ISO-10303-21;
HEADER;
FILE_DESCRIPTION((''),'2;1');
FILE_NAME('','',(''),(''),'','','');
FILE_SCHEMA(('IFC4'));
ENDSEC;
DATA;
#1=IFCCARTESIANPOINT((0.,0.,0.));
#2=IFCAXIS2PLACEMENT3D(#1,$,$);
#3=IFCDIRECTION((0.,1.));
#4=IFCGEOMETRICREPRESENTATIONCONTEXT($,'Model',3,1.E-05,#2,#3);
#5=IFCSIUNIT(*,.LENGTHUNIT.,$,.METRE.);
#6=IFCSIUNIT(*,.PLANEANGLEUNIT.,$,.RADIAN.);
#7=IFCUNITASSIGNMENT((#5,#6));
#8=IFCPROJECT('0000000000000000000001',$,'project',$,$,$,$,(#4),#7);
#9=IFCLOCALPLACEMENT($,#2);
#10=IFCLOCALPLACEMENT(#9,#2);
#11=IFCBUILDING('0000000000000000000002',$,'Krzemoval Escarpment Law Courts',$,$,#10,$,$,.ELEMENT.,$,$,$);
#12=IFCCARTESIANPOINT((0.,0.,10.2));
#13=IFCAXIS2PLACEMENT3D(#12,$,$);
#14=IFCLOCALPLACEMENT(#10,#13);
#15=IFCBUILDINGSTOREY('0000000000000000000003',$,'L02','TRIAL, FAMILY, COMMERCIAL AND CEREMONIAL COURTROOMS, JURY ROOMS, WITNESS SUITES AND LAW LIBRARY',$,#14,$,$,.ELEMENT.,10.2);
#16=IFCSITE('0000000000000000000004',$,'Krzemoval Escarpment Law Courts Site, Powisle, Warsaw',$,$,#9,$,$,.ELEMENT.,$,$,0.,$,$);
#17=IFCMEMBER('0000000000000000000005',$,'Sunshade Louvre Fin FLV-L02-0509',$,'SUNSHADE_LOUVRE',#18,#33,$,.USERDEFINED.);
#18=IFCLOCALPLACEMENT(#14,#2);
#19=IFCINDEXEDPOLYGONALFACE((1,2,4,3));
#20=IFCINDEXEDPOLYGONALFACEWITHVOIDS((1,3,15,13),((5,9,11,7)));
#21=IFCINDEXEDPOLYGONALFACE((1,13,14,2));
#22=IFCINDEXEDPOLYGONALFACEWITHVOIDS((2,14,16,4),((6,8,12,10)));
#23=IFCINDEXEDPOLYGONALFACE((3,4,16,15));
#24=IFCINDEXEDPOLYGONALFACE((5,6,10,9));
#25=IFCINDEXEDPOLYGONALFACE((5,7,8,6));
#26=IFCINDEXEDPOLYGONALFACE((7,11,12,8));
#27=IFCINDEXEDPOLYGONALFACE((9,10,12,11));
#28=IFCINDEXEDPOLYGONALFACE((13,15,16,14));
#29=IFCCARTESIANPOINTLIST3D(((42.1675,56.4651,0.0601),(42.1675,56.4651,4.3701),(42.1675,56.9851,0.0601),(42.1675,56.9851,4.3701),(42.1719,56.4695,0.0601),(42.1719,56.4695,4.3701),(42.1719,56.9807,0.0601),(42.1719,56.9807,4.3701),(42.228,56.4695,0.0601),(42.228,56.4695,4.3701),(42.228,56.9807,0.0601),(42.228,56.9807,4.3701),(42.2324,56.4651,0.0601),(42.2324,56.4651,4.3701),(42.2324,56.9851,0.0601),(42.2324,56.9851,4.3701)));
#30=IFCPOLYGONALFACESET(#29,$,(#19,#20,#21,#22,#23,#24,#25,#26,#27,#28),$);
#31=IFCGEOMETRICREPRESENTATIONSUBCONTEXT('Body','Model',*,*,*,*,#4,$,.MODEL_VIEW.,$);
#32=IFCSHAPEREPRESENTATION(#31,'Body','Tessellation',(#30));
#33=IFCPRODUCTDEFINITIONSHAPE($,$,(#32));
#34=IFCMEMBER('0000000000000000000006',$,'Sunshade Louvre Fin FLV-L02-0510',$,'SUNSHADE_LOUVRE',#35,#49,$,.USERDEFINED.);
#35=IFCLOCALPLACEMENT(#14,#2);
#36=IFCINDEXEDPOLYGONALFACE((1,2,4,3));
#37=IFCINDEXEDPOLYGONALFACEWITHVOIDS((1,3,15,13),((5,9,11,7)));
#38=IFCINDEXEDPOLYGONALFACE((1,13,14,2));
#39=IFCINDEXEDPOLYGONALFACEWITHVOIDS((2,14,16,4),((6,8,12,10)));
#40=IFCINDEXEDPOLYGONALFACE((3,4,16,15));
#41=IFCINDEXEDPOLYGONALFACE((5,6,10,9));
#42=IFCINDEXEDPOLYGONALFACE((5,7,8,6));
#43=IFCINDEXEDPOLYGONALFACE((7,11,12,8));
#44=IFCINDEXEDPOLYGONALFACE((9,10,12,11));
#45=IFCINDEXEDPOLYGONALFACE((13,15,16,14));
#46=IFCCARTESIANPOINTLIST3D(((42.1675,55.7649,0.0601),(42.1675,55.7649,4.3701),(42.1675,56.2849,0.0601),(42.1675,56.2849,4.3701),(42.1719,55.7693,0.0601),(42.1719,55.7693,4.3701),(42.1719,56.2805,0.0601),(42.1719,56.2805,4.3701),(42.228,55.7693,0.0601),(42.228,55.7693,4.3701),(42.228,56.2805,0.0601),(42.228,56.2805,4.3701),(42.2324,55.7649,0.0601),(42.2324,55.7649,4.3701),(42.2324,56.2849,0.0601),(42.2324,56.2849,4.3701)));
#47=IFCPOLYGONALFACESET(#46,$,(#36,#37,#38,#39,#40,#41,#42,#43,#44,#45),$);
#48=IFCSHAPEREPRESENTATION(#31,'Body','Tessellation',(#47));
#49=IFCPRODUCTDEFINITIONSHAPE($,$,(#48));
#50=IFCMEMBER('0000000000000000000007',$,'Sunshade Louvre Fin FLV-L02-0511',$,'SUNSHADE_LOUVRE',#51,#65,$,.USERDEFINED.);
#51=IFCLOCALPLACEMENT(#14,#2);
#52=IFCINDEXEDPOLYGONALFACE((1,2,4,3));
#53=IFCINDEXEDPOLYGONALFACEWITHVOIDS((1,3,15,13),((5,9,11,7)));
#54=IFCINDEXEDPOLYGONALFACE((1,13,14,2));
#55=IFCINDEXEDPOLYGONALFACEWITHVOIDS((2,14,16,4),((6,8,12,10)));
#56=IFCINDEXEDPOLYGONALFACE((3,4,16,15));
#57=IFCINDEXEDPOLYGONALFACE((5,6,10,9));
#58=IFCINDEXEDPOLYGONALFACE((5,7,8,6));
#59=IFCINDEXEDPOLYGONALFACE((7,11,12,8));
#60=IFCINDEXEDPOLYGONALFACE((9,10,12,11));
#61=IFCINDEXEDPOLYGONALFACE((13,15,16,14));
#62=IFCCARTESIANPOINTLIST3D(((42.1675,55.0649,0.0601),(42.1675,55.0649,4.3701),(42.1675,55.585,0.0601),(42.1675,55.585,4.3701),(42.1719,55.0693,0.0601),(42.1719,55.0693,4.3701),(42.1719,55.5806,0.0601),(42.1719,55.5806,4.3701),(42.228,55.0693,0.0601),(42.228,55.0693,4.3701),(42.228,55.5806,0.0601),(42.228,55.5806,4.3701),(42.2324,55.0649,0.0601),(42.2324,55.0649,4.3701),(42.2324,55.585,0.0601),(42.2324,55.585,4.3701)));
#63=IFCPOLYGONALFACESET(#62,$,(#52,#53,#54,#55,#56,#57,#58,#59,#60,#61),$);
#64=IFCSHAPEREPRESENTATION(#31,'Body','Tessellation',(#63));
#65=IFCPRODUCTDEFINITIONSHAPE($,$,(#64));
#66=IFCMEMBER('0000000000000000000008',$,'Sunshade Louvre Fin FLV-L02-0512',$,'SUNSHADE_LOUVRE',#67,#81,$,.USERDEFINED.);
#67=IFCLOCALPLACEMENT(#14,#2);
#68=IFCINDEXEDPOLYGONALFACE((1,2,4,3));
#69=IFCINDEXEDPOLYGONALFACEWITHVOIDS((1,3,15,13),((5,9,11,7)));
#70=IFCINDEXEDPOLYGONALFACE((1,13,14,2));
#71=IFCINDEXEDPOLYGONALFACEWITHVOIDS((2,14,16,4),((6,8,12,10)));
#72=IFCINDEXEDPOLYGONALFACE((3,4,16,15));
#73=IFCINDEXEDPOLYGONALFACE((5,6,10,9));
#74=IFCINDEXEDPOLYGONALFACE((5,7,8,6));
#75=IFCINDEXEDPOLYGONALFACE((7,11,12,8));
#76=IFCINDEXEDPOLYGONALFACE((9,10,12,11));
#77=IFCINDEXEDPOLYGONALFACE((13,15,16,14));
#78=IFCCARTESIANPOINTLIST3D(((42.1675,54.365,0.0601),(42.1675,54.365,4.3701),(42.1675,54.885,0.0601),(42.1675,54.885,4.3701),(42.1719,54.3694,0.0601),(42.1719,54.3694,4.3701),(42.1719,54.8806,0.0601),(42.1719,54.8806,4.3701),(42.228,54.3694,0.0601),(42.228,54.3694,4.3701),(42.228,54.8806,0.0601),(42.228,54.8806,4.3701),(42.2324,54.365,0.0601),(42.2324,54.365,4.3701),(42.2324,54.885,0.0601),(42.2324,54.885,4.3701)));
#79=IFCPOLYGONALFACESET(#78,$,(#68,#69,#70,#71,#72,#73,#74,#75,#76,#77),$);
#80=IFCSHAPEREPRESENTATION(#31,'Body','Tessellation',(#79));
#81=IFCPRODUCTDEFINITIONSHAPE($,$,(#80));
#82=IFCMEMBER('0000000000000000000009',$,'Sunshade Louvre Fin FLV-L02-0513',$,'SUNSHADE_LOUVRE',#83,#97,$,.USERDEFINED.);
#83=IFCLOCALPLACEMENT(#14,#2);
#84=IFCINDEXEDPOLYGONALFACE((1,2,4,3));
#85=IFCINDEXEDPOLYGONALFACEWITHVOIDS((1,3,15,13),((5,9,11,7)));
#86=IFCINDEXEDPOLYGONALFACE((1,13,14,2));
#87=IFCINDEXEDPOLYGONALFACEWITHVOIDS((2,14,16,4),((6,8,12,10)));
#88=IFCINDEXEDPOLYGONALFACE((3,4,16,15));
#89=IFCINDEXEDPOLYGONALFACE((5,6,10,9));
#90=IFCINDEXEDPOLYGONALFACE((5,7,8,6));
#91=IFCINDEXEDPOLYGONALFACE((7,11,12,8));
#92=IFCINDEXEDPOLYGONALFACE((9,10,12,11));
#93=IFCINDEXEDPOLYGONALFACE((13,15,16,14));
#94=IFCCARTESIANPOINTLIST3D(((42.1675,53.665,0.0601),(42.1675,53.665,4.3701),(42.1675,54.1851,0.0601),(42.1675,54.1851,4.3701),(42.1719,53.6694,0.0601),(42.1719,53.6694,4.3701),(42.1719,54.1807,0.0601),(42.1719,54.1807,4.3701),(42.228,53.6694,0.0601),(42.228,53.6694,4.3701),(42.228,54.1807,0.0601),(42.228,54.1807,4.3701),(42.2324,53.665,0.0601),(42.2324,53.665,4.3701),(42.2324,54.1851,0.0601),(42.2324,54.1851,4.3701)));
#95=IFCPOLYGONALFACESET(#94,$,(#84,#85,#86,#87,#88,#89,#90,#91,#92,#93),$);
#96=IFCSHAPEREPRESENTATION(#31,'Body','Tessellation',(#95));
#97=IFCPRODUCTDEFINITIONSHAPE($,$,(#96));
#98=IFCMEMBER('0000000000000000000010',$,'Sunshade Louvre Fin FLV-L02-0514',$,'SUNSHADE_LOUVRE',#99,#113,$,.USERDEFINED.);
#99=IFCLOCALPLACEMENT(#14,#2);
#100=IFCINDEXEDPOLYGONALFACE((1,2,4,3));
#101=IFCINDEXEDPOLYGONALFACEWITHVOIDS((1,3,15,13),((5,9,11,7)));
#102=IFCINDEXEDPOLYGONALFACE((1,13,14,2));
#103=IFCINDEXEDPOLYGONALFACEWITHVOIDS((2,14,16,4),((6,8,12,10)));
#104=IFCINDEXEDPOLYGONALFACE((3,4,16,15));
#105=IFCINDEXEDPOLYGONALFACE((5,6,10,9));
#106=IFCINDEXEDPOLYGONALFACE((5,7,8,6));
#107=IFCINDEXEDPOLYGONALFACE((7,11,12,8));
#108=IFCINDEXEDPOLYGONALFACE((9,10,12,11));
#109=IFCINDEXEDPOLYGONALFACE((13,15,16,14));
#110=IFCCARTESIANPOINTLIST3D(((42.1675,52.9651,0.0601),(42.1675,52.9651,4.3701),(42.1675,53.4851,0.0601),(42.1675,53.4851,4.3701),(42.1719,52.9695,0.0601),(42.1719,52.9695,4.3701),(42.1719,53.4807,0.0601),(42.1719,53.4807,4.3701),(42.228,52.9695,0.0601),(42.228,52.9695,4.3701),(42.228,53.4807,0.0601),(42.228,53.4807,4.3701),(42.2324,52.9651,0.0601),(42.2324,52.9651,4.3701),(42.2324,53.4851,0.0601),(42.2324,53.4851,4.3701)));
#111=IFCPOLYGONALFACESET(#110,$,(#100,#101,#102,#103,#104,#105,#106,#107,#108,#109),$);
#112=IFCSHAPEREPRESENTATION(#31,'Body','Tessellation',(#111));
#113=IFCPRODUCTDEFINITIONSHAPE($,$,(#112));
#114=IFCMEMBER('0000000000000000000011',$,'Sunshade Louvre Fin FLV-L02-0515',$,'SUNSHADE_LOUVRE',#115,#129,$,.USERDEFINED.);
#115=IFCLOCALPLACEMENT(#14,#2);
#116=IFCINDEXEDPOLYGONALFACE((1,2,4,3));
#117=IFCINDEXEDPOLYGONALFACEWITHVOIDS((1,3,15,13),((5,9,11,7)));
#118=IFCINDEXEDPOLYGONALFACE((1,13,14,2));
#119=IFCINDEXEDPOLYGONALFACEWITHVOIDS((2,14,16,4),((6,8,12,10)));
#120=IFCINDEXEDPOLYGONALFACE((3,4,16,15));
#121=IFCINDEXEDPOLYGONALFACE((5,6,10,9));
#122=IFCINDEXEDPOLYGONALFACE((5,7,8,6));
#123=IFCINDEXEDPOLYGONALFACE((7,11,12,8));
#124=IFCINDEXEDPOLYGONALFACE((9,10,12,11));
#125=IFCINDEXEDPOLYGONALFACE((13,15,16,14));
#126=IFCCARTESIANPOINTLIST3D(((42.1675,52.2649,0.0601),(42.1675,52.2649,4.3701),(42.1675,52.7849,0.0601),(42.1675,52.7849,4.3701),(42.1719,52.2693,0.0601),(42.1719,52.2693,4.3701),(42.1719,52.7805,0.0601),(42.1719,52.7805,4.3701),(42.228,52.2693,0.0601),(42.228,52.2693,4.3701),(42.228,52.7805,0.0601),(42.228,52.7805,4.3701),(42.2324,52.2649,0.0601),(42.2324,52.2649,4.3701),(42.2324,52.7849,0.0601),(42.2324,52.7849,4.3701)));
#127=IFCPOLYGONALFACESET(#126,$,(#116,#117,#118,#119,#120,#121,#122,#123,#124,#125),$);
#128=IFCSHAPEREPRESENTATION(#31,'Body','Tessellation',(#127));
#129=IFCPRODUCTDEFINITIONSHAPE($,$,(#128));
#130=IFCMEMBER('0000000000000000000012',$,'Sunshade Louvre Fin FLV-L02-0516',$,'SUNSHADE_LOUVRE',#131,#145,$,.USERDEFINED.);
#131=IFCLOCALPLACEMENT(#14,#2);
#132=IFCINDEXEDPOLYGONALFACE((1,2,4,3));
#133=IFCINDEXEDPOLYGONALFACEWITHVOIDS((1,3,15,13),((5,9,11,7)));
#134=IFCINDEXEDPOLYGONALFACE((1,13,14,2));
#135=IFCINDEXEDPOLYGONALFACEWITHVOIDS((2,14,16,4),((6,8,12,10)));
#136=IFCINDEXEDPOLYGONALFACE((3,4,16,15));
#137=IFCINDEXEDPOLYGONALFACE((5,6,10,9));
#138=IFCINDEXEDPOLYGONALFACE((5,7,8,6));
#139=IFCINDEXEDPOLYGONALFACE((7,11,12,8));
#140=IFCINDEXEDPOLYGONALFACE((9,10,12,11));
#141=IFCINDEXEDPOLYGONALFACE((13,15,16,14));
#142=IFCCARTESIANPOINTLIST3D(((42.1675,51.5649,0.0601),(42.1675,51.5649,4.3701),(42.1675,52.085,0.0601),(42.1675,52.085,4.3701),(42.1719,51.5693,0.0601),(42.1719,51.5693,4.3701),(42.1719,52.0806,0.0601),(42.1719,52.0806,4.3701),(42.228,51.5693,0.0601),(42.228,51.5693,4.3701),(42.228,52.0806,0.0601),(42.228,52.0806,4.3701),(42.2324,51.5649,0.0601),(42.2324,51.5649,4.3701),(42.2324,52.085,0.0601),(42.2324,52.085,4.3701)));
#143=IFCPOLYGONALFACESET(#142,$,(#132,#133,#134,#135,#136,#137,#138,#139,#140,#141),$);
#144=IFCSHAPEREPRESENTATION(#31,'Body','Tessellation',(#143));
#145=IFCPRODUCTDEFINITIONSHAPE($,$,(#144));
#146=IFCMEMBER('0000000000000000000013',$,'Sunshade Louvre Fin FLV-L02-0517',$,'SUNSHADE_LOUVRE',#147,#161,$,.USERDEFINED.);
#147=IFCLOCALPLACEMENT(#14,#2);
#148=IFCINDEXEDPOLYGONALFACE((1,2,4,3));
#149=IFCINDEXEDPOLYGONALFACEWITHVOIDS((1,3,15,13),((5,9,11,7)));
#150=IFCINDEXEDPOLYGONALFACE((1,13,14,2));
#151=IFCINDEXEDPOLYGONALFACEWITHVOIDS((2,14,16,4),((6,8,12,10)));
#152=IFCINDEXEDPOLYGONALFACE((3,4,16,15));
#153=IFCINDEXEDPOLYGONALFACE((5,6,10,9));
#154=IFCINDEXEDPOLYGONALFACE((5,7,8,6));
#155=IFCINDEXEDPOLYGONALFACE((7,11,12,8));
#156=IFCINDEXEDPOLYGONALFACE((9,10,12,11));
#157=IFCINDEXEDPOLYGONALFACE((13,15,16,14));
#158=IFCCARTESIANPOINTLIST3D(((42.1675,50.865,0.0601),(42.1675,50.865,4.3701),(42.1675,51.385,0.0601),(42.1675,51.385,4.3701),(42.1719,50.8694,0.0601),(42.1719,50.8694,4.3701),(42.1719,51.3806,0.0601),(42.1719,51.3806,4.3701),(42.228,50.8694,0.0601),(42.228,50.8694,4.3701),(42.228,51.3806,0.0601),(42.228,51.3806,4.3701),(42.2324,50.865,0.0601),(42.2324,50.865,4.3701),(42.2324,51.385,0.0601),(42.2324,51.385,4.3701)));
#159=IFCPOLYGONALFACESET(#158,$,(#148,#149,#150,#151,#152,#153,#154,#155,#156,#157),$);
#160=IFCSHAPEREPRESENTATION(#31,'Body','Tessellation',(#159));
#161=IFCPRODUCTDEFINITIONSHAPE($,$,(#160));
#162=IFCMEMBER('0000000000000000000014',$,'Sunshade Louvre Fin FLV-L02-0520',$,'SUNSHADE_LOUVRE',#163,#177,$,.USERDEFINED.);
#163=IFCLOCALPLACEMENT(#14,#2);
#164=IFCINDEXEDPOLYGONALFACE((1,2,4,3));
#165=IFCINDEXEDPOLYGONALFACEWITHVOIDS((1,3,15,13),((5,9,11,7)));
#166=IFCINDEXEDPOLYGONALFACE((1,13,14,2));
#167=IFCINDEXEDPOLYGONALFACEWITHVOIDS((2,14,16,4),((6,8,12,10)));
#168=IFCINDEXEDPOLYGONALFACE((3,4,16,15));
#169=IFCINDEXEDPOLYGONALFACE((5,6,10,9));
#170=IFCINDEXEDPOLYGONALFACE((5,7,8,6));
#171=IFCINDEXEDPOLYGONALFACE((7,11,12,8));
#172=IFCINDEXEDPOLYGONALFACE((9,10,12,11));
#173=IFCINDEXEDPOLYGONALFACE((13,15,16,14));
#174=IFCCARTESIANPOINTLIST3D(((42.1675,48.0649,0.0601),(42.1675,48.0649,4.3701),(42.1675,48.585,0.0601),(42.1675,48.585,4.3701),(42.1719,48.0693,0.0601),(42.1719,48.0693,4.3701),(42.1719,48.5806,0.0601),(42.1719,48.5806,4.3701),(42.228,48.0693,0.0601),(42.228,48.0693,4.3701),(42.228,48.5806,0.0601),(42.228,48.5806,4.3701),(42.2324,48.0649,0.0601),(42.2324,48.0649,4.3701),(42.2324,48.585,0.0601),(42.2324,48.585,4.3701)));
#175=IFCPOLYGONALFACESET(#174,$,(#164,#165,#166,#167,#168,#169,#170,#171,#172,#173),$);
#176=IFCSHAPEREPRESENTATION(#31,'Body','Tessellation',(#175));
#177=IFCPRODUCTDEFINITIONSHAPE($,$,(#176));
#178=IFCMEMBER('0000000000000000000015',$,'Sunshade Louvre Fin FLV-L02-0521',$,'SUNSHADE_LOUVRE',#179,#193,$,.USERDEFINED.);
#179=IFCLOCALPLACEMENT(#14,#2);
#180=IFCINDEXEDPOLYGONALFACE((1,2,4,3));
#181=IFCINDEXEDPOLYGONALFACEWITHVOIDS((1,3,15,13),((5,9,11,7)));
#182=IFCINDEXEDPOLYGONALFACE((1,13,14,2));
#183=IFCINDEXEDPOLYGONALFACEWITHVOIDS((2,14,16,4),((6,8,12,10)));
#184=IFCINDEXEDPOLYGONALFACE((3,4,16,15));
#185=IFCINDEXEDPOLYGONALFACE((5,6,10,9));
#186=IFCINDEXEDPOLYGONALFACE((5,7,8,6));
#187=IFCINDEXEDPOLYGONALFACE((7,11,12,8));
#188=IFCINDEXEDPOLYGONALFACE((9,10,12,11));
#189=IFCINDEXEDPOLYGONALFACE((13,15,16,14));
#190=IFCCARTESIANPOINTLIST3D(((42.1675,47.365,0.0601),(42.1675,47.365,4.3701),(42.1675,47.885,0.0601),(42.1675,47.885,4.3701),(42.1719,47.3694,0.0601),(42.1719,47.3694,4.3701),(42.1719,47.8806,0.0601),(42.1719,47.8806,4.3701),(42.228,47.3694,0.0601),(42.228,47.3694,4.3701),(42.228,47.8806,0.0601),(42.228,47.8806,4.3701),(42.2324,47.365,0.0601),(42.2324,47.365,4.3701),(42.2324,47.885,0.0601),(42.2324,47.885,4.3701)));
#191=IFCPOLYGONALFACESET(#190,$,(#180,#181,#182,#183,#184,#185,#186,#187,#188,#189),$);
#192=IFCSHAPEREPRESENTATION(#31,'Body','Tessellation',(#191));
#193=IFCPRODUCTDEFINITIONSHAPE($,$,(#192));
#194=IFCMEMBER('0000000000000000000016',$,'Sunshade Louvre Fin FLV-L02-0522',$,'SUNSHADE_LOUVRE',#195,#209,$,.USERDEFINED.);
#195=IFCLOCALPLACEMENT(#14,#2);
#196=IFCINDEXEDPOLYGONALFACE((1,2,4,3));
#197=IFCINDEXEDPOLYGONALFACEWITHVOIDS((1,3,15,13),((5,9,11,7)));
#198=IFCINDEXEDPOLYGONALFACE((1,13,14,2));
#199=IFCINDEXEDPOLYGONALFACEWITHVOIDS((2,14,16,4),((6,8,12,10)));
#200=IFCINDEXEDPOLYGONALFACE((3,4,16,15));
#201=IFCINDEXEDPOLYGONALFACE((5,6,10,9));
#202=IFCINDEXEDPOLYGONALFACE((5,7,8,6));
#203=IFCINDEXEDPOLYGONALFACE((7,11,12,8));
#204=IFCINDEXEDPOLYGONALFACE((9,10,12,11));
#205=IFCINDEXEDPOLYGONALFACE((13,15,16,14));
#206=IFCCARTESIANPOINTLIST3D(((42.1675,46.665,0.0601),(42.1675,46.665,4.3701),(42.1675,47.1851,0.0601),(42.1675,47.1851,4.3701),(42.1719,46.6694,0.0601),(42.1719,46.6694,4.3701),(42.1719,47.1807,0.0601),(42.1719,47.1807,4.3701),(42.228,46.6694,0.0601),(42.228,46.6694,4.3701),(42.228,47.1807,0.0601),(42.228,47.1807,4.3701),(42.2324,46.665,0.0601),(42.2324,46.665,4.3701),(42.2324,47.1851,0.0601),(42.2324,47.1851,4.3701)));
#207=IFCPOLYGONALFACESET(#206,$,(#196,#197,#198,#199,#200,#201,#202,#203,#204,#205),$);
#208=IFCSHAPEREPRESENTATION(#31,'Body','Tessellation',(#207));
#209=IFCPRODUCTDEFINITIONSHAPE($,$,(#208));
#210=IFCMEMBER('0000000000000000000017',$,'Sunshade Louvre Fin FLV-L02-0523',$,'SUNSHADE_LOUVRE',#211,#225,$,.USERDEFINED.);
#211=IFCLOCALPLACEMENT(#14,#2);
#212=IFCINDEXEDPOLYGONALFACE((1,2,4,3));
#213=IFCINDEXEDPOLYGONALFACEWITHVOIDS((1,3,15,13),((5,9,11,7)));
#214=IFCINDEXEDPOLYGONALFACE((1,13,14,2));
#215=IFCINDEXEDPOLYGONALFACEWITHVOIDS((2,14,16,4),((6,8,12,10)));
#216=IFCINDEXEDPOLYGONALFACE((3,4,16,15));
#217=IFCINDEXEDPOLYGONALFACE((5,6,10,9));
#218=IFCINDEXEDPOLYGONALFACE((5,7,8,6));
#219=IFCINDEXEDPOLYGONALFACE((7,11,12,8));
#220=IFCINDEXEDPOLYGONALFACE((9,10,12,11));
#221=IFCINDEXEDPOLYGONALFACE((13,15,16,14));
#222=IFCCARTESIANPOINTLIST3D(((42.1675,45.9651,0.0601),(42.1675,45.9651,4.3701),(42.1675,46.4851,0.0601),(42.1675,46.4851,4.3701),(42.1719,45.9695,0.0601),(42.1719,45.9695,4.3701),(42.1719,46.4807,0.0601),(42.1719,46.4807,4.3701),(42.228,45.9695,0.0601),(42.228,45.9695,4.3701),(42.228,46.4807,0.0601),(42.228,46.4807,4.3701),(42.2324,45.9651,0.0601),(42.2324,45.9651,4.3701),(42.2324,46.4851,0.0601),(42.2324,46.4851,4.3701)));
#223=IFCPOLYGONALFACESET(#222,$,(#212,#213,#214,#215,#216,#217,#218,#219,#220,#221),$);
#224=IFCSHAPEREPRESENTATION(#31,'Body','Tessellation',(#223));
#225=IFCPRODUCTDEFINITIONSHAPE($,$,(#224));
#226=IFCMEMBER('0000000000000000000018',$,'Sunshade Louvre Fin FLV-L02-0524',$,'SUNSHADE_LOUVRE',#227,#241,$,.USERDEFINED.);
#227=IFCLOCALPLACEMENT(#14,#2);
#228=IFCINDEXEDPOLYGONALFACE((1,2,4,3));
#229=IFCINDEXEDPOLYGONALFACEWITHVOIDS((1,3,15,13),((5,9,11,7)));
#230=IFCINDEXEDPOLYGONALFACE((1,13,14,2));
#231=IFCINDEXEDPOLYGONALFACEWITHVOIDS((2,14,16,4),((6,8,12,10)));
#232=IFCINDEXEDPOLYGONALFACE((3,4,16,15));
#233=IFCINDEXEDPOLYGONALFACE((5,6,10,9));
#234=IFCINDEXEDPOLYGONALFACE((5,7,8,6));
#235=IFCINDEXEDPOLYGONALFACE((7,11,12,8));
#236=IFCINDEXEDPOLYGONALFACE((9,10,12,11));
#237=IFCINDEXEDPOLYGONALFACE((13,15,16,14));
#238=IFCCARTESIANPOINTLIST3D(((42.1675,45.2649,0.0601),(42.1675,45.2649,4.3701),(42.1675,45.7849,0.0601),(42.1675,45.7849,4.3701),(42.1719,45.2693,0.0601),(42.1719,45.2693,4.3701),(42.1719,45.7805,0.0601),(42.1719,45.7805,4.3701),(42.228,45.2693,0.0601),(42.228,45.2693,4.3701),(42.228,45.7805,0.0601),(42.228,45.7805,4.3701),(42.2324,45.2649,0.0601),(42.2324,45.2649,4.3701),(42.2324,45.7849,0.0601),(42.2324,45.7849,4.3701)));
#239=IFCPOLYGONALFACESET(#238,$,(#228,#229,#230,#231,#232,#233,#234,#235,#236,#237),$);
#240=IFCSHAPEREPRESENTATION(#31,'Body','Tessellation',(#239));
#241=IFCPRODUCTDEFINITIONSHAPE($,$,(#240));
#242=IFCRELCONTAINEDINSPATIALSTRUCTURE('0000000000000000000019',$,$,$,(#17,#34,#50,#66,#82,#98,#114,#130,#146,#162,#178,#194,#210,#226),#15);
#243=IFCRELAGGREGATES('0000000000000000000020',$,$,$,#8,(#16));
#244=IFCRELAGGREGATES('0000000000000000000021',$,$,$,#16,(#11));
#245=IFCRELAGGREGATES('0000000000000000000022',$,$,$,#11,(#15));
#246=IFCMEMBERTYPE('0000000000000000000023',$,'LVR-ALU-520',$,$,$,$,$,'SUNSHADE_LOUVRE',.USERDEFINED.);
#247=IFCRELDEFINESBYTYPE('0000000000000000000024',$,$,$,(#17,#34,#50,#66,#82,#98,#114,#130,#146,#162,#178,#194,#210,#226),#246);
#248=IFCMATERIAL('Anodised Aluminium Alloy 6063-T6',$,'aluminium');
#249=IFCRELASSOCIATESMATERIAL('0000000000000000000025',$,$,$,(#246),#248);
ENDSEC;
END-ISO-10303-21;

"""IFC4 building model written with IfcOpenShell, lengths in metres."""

from ifc_helpers import new_model, si_unit, direction, frame, origin, origin_2d, place, context, subcontext, project, spatial, hollow_rectangle, extrude, material, material_profile, profile_set, type_object, element, save


model = new_model("IFC4")

# Units and contexts
model_context = context("Model", 3, precision=1e-05, world=origin(), true_north=direction((0.0, 1.0)))
body_context = subcontext(model_context, "Body", "Model", "MODEL_VIEW")
ifc_project = project(units=[si_unit("LENGTHUNIT", "METRE"), si_unit("PLANEANGLEUNIT", "RADIAN")], contexts=[model_context])

# Site, building, storey
site_placement = place(None, origin())
site = spatial("IfcSite", under=ifc_project, at=site_placement, Name="Krzemoval Escarpment Law Courts Site, Powisle, Warsaw", CompositionType="ELEMENT", RefElevation=0.0)
building_placement = place(site_placement, origin())
building = spatial("IfcBuilding", under=site, at=building_placement, Name="Krzemoval Escarpment Law Courts", CompositionType="ELEMENT")
storey_placement = place(building_placement, frame((0.0, 0.0, 10.2)))
storey = spatial("IfcBuildingStorey", under=building, at=storey_placement, Name="L02", Description="TRIAL, FAMILY, COMMERCIAL AND CEREMONIAL COURTROOMS, JURY ROOMS, WITNESS SUITES AND LAW LIBRARY", CompositionType="ELEMENT", Elevation=10.2)

# Members
ifc_material_1 = material(Name="Anodised Aluminium Alloy 6063-T6", Category="aluminium")
ifc_material_profile = material_profile(ifc_material_1, hollow_rectangle(XDim=0.0649, YDim=0.52, WallThickness=0.0044, at=origin_2d()), Name="ALU LVR 65x520")
ifc_profile_set = profile_set([ifc_material_profile], Name="Anodised Aluminium Alloy 6063-T6")
member_type = type_object("IfcMemberType", Name="LVR-ALU-520", ElementType="SUNSHADE_LOUVRE", PredefinedType="USERDEFINED", material=ifc_profile_set)
for number, where, z_axis, x_axis, name in (
    (1, (42.2, 56.7251, 0.0601), (0.0, 0.0, 1.0), (1.0, 0.0, 0.0), "Sunshade Louvre Fin FLV-L02-0509"),
    (2, (42.2, 56.0249, 0.0601), (0.0, 0.0, 1.0), (1.0, 0.0, 0.0), "Sunshade Louvre Fin FLV-L02-0510"),
    (3, (42.2, 55.325, 0.0601), (0.0, 0.0, 1.0), (1.0, 0.0, 0.0), "Sunshade Louvre Fin FLV-L02-0511"),
    (4, (42.2, 54.625, 0.0601), (0.0, 0.0, 1.0), (1.0, 0.0, 0.0), "Sunshade Louvre Fin FLV-L02-0512"),
    (5, (42.2, 53.925, 0.0601), (0.0, 0.0, 1.0), (1.0, 0.0, 0.0), "Sunshade Louvre Fin FLV-L02-0513"),
    (6, (42.2, 53.2251, 0.0601), (0.0, 0.0, 1.0), (1.0, 0.0, 0.0), "Sunshade Louvre Fin FLV-L02-0514"),
    (7, (42.2, 52.5249, 0.0601), (0.0, 0.0, 1.0), (1.0, 0.0, 0.0), "Sunshade Louvre Fin FLV-L02-0515"),
    (8, (42.2, 51.825, 0.0601), (0.0, 0.0, 1.0), (1.0, 0.0, 0.0), "Sunshade Louvre Fin FLV-L02-0516"),
    (9, (42.2, 51.125, 0.0601), (0.0, 0.0, 1.0), (1.0, 0.0, 0.0), "Sunshade Louvre Fin FLV-L02-0517"),
    (10, (42.2, 48.325, 0.0601), (0.0, 0.0, 1.0), (1.0, 0.0, 0.0), "Sunshade Louvre Fin FLV-L02-0520"),
    (11, (42.2, 47.625, 0.0601), (0.0, 0.0, 1.0), (1.0, 0.0, 0.0), "Sunshade Louvre Fin FLV-L02-0521"),
    (12, (42.2, 46.925, 0.0601), (0.0, 0.0, 1.0), (1.0, 0.0, 0.0), "Sunshade Louvre Fin FLV-L02-0522"),
    (13, (42.2, 46.2251, 0.0601), (0.0, 0.0, 1.0), (1.0, 0.0, 0.0), "Sunshade Louvre Fin FLV-L02-0523"),
    (14, (42.2, 45.5249, 0.0601), (0.0, 0.0, 1.0), (1.0, 0.0, 0.0), "Sunshade Louvre Fin FLV-L02-0524"),
):
    element("IfcMember", number, at=place(storey_placement, frame(where, z_axis=z_axis, x_axis=x_axis)), inside=storey, type_object=member_type, Name=name, ObjectType="SUNSHADE_LOUVRE", PredefinedType="USERDEFINED", context=body_context, shape_type="SweptSolid", body=[
        extrude(hollow_rectangle(XDim=0.0649, YDim=0.52, WallThickness=0.0044, at=origin_2d()), origin(), (0.0, 0.0, 1.0), 4.3101),
    ])

save(model, "model.ifc")
